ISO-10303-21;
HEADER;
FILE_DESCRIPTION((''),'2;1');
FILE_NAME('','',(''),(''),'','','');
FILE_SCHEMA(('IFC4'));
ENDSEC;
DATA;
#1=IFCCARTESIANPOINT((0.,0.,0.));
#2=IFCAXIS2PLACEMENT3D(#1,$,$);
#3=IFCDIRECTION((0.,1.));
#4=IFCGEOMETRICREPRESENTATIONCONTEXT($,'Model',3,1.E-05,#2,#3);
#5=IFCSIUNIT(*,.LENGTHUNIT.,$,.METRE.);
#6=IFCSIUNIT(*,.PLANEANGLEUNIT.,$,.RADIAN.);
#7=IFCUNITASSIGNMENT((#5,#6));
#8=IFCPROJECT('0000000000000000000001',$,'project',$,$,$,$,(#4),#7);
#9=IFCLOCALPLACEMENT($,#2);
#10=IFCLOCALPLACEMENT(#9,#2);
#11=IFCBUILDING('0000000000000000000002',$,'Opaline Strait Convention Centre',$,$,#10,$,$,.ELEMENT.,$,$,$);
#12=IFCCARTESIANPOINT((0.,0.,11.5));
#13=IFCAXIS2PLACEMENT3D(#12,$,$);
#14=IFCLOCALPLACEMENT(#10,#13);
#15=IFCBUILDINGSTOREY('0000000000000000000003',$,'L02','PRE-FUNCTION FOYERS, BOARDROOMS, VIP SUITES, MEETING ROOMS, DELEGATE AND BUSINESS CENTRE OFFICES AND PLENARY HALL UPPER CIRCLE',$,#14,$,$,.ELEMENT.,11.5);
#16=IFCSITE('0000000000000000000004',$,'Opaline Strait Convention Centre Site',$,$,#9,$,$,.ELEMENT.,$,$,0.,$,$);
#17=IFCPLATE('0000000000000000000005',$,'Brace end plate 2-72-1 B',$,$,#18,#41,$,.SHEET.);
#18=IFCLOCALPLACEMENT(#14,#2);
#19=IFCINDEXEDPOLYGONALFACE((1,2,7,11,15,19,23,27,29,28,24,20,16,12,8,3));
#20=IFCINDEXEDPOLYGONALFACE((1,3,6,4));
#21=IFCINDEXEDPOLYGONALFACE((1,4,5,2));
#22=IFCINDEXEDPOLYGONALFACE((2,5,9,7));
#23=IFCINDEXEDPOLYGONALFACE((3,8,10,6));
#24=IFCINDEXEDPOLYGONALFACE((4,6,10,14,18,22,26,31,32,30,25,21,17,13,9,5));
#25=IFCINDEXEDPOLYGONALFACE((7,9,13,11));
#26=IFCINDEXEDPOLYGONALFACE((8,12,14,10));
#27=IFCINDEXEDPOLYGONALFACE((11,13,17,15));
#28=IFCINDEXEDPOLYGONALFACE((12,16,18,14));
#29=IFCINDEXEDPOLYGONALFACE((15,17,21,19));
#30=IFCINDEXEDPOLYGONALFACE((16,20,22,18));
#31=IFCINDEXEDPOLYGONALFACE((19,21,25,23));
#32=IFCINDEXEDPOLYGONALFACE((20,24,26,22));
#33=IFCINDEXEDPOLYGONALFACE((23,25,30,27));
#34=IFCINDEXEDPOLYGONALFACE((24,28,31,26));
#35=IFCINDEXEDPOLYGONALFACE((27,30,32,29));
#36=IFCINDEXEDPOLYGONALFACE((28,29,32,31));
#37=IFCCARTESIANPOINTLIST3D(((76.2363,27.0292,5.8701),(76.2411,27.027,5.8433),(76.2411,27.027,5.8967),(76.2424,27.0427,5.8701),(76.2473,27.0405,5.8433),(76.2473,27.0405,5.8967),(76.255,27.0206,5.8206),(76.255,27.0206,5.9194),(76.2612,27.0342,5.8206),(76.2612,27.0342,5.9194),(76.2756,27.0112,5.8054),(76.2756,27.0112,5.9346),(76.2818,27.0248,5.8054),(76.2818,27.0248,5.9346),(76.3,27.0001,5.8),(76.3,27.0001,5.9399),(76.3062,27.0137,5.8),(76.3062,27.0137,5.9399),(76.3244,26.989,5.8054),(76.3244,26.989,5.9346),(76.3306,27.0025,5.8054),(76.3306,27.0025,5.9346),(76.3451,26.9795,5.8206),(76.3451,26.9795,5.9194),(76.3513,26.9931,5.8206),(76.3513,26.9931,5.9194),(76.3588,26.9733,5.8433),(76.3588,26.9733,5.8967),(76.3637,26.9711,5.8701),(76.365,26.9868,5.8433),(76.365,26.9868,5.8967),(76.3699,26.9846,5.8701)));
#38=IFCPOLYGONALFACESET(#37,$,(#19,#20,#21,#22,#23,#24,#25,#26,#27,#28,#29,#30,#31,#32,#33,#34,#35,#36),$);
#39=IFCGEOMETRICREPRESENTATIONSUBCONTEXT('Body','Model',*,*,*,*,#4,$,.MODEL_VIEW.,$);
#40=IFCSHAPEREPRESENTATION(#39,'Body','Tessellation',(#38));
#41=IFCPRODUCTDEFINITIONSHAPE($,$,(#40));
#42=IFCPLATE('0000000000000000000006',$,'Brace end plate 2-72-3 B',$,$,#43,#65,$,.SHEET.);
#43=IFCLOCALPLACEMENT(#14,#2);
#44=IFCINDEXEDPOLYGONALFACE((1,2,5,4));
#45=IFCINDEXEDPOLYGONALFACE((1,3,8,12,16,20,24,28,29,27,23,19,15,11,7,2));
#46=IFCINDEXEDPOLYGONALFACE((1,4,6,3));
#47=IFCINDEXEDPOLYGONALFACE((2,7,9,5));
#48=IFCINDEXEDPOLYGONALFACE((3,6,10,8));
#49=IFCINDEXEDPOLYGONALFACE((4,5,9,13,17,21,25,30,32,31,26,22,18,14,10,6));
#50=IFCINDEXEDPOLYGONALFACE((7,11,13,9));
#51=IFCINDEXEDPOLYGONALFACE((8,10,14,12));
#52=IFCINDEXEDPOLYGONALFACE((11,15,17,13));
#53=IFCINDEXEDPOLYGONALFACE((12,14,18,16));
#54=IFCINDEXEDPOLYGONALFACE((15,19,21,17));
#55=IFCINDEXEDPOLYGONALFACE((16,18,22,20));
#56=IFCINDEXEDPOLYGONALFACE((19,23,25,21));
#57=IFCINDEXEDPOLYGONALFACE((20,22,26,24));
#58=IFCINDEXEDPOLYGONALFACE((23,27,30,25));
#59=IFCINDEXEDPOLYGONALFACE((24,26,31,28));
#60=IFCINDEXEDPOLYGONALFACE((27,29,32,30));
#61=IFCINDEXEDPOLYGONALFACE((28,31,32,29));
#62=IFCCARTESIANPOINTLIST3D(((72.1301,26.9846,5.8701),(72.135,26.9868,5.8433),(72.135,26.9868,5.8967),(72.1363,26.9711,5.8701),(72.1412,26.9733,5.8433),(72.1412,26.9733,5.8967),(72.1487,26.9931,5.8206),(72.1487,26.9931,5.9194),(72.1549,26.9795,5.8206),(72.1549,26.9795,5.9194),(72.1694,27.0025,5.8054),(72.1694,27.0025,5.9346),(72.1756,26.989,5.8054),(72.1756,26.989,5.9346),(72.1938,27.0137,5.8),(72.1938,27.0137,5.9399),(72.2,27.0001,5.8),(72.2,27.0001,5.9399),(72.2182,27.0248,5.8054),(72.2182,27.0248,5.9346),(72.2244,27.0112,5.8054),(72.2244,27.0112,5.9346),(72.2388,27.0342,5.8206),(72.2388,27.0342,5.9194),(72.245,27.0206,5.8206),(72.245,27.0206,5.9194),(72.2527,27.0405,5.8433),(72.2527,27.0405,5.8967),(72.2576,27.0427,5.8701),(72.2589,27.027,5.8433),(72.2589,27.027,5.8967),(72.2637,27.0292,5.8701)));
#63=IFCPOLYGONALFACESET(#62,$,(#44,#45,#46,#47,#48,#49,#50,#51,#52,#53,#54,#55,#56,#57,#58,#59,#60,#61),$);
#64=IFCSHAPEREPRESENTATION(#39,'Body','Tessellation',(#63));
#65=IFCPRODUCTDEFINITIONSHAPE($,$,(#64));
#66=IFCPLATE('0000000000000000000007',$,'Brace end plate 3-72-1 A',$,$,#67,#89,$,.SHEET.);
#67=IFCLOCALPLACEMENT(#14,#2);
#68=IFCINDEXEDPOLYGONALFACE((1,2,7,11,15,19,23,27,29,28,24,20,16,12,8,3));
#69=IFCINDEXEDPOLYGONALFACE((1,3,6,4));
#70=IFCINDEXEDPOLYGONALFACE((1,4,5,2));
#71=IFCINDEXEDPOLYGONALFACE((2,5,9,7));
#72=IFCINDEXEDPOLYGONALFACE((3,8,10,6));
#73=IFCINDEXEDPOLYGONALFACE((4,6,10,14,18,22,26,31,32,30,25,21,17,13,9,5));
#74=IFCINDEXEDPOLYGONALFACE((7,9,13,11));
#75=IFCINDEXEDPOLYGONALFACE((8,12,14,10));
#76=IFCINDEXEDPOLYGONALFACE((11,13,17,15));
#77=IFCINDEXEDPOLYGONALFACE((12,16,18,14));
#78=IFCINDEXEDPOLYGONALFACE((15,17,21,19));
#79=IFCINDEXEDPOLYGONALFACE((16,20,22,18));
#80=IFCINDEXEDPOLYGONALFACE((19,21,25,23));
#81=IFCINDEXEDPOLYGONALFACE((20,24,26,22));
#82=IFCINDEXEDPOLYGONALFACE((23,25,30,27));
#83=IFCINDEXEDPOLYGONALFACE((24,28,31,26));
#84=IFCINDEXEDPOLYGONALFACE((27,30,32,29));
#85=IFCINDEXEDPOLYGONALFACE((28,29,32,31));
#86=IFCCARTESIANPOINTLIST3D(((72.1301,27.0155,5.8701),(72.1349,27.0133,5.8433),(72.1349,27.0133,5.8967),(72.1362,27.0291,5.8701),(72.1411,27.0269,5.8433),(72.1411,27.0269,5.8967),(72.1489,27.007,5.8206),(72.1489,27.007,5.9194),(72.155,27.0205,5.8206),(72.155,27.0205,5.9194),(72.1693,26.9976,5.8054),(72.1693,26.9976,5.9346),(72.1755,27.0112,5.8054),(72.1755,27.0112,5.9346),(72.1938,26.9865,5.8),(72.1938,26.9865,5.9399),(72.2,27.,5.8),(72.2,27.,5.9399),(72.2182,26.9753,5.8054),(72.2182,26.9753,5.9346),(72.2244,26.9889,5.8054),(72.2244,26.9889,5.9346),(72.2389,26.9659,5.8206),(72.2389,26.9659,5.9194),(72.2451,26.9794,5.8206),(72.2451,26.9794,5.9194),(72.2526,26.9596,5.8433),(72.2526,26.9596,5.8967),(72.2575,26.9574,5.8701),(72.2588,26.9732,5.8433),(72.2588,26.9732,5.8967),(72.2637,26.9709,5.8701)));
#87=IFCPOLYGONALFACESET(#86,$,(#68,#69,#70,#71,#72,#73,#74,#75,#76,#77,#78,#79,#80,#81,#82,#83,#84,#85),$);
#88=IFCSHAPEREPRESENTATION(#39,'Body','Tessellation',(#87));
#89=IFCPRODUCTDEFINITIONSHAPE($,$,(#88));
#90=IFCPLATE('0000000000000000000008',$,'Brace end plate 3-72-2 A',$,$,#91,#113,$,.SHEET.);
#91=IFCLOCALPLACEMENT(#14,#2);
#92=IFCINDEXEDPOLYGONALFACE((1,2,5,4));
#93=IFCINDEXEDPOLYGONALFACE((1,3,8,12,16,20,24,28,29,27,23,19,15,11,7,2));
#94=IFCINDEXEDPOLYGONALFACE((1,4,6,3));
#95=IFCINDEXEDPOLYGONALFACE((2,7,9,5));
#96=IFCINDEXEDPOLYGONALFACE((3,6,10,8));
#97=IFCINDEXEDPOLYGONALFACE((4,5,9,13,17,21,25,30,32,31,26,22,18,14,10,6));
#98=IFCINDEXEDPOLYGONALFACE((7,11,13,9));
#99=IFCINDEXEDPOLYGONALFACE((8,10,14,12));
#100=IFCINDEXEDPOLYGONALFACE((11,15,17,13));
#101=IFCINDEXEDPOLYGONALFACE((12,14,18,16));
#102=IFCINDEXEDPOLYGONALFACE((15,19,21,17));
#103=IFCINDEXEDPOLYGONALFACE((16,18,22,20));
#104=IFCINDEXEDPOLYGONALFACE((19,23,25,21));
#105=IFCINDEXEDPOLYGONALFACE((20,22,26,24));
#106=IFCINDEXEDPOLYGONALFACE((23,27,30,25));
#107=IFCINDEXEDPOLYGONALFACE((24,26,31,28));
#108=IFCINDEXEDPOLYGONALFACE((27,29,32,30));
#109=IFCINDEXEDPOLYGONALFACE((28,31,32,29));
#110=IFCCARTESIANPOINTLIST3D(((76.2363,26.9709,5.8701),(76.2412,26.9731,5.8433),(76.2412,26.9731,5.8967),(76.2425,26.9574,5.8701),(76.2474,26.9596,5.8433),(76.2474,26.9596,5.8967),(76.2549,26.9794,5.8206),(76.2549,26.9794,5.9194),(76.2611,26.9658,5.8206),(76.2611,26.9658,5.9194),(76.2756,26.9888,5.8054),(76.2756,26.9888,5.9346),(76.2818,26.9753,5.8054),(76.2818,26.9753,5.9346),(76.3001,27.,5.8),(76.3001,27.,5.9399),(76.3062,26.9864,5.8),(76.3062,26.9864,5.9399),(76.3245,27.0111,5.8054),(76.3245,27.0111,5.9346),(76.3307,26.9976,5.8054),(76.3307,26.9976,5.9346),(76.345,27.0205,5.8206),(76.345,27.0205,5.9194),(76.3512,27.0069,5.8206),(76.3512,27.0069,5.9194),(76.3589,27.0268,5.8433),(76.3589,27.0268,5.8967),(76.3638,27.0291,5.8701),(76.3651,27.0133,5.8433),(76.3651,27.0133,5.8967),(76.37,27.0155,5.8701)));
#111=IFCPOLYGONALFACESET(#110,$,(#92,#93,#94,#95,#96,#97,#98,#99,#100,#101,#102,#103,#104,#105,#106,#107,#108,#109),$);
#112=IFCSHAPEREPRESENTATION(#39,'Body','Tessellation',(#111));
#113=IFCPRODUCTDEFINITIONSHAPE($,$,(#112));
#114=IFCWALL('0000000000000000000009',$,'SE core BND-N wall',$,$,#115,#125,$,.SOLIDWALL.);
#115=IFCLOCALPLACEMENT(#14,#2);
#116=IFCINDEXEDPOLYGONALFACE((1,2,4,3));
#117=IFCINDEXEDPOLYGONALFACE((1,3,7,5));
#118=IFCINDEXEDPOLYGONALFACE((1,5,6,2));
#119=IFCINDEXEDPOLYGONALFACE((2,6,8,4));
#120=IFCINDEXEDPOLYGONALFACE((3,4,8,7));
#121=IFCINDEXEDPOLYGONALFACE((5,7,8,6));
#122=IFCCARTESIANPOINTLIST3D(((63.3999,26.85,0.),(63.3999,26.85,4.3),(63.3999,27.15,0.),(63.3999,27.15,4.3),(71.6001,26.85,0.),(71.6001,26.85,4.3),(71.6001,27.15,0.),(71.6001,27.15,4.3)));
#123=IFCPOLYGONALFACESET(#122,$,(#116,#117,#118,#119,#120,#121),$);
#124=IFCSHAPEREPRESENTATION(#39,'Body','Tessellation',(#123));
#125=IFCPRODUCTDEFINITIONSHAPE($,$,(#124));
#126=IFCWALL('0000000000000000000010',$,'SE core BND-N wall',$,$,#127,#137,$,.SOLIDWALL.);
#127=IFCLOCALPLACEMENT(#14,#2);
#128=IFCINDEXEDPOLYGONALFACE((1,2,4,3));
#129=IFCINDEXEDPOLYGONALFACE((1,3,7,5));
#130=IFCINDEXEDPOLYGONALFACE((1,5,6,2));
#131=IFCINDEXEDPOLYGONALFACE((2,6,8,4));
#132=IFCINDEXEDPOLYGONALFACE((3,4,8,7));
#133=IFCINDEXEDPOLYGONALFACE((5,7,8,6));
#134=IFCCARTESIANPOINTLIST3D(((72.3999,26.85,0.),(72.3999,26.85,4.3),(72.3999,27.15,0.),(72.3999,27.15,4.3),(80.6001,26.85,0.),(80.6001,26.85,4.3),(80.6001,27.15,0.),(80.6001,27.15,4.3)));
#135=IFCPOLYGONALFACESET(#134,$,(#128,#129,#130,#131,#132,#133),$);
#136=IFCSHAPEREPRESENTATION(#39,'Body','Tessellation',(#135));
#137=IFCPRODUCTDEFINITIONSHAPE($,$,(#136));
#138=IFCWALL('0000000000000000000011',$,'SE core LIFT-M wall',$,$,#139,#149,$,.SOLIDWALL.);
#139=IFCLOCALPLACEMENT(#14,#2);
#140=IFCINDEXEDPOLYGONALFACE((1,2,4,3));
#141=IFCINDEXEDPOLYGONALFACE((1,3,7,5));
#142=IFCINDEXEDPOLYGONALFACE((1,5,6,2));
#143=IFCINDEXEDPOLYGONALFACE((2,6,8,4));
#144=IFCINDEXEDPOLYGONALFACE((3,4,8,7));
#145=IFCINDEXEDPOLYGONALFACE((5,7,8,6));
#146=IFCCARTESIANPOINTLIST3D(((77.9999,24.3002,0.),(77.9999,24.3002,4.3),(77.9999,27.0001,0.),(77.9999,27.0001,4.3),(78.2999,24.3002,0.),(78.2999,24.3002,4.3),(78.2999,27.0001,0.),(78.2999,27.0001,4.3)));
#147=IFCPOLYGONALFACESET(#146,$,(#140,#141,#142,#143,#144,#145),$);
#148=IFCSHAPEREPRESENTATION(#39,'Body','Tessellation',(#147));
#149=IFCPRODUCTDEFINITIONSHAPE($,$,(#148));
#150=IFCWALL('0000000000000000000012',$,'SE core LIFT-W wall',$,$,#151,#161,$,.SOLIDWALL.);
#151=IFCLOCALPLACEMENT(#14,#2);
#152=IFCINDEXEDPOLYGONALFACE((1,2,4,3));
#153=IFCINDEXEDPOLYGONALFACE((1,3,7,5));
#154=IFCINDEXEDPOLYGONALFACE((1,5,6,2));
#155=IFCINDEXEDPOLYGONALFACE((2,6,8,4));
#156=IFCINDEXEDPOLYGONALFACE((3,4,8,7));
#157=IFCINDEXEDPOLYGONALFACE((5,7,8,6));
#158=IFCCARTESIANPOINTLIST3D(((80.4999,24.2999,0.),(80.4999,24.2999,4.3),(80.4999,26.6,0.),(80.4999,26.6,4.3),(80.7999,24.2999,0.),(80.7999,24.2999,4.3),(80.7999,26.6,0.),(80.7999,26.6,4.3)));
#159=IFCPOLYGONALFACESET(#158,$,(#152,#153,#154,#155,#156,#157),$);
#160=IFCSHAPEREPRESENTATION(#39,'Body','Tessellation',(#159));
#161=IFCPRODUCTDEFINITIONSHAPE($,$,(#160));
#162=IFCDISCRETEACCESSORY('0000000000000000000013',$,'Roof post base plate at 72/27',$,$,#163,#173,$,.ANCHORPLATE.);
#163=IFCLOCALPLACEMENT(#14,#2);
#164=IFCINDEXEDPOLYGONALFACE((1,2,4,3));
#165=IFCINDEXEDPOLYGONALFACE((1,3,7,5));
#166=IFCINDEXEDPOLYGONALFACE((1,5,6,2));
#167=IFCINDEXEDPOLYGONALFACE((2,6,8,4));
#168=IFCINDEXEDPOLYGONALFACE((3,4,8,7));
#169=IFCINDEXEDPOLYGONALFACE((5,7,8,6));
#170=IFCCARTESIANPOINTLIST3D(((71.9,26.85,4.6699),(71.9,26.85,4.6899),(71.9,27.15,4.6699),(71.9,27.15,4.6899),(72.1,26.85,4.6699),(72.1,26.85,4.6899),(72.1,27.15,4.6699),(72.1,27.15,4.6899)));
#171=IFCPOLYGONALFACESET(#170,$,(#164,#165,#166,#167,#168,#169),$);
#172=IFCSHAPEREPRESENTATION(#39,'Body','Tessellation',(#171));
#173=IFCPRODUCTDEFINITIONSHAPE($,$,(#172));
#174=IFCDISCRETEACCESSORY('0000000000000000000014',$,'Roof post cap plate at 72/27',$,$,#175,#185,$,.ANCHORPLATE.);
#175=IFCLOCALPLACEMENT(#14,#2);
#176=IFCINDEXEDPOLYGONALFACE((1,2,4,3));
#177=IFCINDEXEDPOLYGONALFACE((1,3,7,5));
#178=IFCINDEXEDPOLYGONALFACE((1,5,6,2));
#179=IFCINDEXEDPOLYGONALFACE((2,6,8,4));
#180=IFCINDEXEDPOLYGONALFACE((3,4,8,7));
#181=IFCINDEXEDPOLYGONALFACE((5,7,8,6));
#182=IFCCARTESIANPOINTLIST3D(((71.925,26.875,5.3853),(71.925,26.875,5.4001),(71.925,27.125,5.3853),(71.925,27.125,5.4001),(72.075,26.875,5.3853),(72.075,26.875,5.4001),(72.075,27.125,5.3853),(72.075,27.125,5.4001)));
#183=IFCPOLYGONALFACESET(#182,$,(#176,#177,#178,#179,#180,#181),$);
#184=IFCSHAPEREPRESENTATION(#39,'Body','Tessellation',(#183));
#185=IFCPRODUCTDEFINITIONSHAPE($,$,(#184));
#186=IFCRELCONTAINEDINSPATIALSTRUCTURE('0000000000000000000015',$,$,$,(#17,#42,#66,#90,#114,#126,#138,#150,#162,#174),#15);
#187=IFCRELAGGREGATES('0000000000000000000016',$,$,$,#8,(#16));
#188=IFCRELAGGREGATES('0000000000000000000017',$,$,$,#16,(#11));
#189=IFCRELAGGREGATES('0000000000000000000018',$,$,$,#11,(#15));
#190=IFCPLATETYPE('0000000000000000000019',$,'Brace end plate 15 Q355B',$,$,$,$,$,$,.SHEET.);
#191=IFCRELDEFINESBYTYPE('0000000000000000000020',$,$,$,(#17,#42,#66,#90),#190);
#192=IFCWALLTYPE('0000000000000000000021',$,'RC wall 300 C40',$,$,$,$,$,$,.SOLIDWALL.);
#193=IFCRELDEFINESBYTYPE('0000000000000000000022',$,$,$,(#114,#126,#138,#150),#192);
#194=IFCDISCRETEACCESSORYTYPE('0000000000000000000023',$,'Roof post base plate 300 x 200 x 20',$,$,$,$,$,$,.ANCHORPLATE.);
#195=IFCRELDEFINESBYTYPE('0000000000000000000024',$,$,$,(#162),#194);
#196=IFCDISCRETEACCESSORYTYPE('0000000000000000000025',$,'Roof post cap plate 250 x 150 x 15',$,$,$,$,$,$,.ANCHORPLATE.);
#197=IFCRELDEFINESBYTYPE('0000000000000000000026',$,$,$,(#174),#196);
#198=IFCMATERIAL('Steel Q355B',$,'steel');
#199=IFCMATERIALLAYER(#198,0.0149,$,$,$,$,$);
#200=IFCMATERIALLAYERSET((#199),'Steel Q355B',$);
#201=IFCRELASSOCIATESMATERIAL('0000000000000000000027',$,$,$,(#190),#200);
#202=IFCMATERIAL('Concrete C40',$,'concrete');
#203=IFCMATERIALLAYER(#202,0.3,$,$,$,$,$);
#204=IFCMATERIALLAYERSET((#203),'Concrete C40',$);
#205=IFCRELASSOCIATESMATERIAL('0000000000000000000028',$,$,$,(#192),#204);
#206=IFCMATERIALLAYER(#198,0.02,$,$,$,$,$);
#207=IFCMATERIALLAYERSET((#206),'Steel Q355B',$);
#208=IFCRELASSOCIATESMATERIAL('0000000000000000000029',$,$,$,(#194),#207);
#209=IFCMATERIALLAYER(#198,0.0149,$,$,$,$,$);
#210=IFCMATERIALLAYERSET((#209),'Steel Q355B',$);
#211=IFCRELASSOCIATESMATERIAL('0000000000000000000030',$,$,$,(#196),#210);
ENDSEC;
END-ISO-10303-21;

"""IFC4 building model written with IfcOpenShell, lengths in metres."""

from ifc_helpers import new_model, si_unit, direction, frame, frame_2d, origin, origin_2d, place, context, subcontext, project, spatial, polyline, rectangle, outline, extrude, material, layer, layer_set, type_object, element, save


model = new_model("IFC4")

# Units and contexts
model_context = context("Model", 3, precision=1e-05, world=origin(), true_north=direction((0.0, 1.0)))
body_context = subcontext(model_context, "Body", "Model", "MODEL_VIEW")
ifc_project = project(units=[si_unit("LENGTHUNIT", "METRE"), si_unit("PLANEANGLEUNIT", "RADIAN")], contexts=[model_context])

# Site, building, storey
site_placement = place(None, origin())
site = spatial("IfcSite", under=ifc_project, at=site_placement, Name="Opaline Strait Convention Centre Site", CompositionType="ELEMENT", RefElevation=0.0)
building_placement = place(site_placement, origin())
building = spatial("IfcBuilding", under=site, at=building_placement, Name="Opaline Strait Convention Centre", CompositionType="ELEMENT")
storey_placement = place(building_placement, frame((0.0, 0.0, 11.5)))
storey = spatial("IfcBuildingStorey", under=building, at=storey_placement, Name="L02", Description="PRE-FUNCTION FOYERS, BOARDROOMS, VIP SUITES, MEETING ROOMS, DELEGATE AND BUSINESS CENTRE OFFICES AND PLENARY HALL UPPER CIRCLE", CompositionType="ELEMENT", Elevation=11.5)

# Shared definitions
ifc_material_1 = material(Name="Concrete C40", Category="concrete")

# Shared definitions
ifc_material_2 = material(Name="Steel Q355B", Category="steel")

# Plates
ifc_layer_1 = layer(ifc_material_2, 0.0149)
ifc_layer_set_1 = layer_set([ifc_layer_1], Name="Steel Q355B")
plate_type = type_object("IfcPlateType", Name="Brace end plate 15 Q355B", PredefinedType="SHEET", material=ifc_layer_set_1)
plate_1_placement = place(storey_placement, frame((76.3699, 26.9846, 5.8701), z_axis=(0.414837, 0.909896, 0.0), x_axis=(-0.177911, 0.081112, -0.980698)))
element("IfcPlate", 1, at=plate_1_placement, inside=storey, type_object=plate_type, Name="Brace end plate 2-72-1 B", PredefinedType="SHEET", context=body_context, shape_type="SweptSolid", body=[
    extrude(outline(polyline([(0.0, 0.0), (0.0274, 0.0), (0.0526, 0.0103), (0.0719, 0.0297), (0.0824, 0.055), (0.0824, 0.0823), (0.072, 0.1074), (0.0527, 0.1269), (0.0274, 0.1374), (0.0002, 0.1373), (-0.025, 0.1268), (-0.0443, 0.1075), (-0.0548, 0.0823), (-0.0548, 0.0549), (-0.0444, 0.0297), (-0.0251, 0.0105), (0.0, 0.0)])), origin(), (0.0, 0.0, -1.0), 0.0149),
])
plate_2_placement = place(storey_placement, frame((72.2576, 27.0427, 5.8701), z_axis=(-0.414837, 0.909896, 0.0), x_axis=(-0.177911, -0.081112, -0.980698)))
element("IfcPlate", 2, at=plate_2_placement, inside=storey, type_object=plate_type, Name="Brace end plate 2-72-3 B", PredefinedType="SHEET", context=body_context, shape_type="SweptSolid", body=[
    extrude(outline(polyline([(0.0, 0.0), (0.0274, 0.0), (0.0526, 0.0106), (0.0719, 0.0298), (0.0824, 0.055), (0.0824, 0.0824), (0.072, 0.1076), (0.0527, 0.1269), (0.0274, 0.1374), (0.0002, 0.1373), (-0.025, 0.127), (-0.0443, 0.1076), (-0.0548, 0.0823), (-0.0548, 0.055), (-0.0443, 0.0299), (-0.0251, 0.0105), (0.0, 0.0)])), origin(), (0.0, 0.0, -1.0), 0.0149),
])
plate_3_placement = place(storey_placement, frame((72.2637, 26.9709, 5.8701), z_axis=(0.415113, 0.90977, 0.0), x_axis=(-0.177886, 0.081166, -0.980698)))
element("IfcPlate", 3, at=plate_3_placement, inside=storey, type_object=plate_type, Name="Brace end plate 3-72-1 A", PredefinedType="SHEET", context=body_context, shape_type="SweptSolid", body=[
    extrude(outline(polyline([(0.0, 0.0), (0.0274, 0.0), (0.0526, 0.0103), (0.0719, 0.0297), (0.0824, 0.055), (0.0824, 0.0824), (0.072, 0.1074), (0.0527, 0.1269), (0.0274, 0.1374), (0.0002, 0.1373), (-0.025, 0.1268), (-0.0443, 0.1076), (-0.0548, 0.0823), (-0.0548, 0.0549), (-0.0444, 0.0297), (-0.0251, 0.0105), (0.0, 0.0)])), origin(), (0.0, 0.0, -1.0), 0.0149),
])
plate_4_placement = place(storey_placement, frame((76.3638, 27.0291, 5.8701), z_axis=(-0.415113, 0.90977, 0.0), x_axis=(-0.177886, -0.081166, -0.980698)))
element("IfcPlate", 4, at=plate_4_placement, inside=storey, type_object=plate_type, Name="Brace end plate 3-72-2 A", PredefinedType="SHEET", context=body_context, shape_type="SweptSolid", body=[
    extrude(outline(polyline([(0.0, 0.0), (0.0274, 0.0), (0.0526, 0.0106), (0.0719, 0.0297), (0.0824, 0.055), (0.0824, 0.0824), (0.072, 0.1076), (0.0527, 0.1269), (0.0274, 0.1374), (0.0002, 0.1373), (-0.025, 0.127), (-0.0443, 0.1076), (-0.0548, 0.0823), (-0.0548, 0.0549), (-0.0443, 0.0299), (-0.0251, 0.0105), (0.0, 0.0)])), origin(), (0.0, 0.0, -1.0), 0.0149),
])

# Walls
ifc_layer_2 = layer(ifc_material_1, 0.3)
ifc_layer_set_2 = layer_set([ifc_layer_2], Name="Concrete C40")
wall_type = type_object("IfcWallType", Name="RC wall 300 C40", PredefinedType="SOLIDWALL", material=ifc_layer_set_2)
for number, where, z_axis, x_axis, name in (
    (5, (71.6001, 27.0, 0.0), (0.0, 0.0, 1.0), (-1.0, 0.0, 0.0), "SE core BND-N wall"),
    (6, (80.6001, 27.0, 0.0), (0.0, 0.0, 1.0), (-1.0, 0.0, 0.0), "SE core BND-N wall"),
):
    element("IfcWall", number, at=place(storey_placement, frame(where, z_axis=z_axis, x_axis=x_axis)), inside=storey, type_object=wall_type, Name=name, PredefinedType="SOLIDWALL", context=body_context, shape_type="SweptSolid", body=[
        extrude(rectangle(XDim=8.2002, YDim=0.3, at=frame_2d((4.1001, 0.0))), origin(), (0.0, 0.0, 1.0), 4.3),
    ])

# Walls
wall_1_placement = place(storey_placement, frame((78.1499, 24.3, 0.0), z_axis=(0.0, 0.0, 1.0), x_axis=(0.0, 1.0, 0.0)))
element("IfcWall", 7, at=wall_1_placement, inside=storey, type_object=wall_type, Name="SE core LIFT-M wall", PredefinedType="SOLIDWALL", context=body_context, shape_type="SweptSolid", body=[
    extrude(rectangle(XDim=2.7, YDim=0.3, at=frame_2d((1.3501, 0.0))), origin(), (0.0, 0.0, 1.0), 4.3),
])
wall_2_placement = place(storey_placement, frame((80.6499, 24.3, 0.0), z_axis=(0.0, 0.0, 1.0), x_axis=(0.0, 1.0, 0.0)))
element("IfcWall", 8, at=wall_2_placement, inside=storey, type_object=wall_type, Name="SE core LIFT-W wall", PredefinedType="SOLIDWALL", context=body_context, shape_type="SweptSolid", body=[
    extrude(rectangle(XDim=2.3, YDim=0.3, at=frame_2d((1.1499, 0.0))), origin(), (0.0, 0.0, 1.0), 4.3),
])

# Discrete accessories
ifc_layer_3 = layer(ifc_material_2, 0.02)
ifc_layer_set_3 = layer_set([ifc_layer_3], Name="Steel Q355B")
discrete_accessory_type_1 = type_object("IfcDiscreteAccessoryType", Name="Roof post base plate 300 x 200 x 20", PredefinedType="ANCHORPLATE", material=ifc_layer_set_3)
discrete_accessory_1_placement = place(storey_placement, frame((72.0, 27.0, 4.6699), z_axis=(0.0, 0.0, 1.0), x_axis=(1.0, 0.0, 0.0)))
element("IfcDiscreteAccessory", 9, at=discrete_accessory_1_placement, inside=storey, type_object=discrete_accessory_type_1, Name="Roof post base plate at 72/27", PredefinedType="ANCHORPLATE", context=body_context, shape_type="SweptSolid", body=[
    extrude(rectangle(XDim=0.2, YDim=0.3, at=origin_2d()), origin(), (0.0, 0.0, 1.0), 0.02),
])
ifc_layer_4 = layer(ifc_material_2, 0.0149)
ifc_layer_set_4 = layer_set([ifc_layer_4], Name="Steel Q355B")
discrete_accessory_type_2 = type_object("IfcDiscreteAccessoryType", Name="Roof post cap plate 250 x 150 x 15", PredefinedType="ANCHORPLATE", material=ifc_layer_set_4)
discrete_accessory_2_placement = place(storey_placement, frame((72.0, 27.0, 5.3853), z_axis=(0.0, 0.0, 1.0), x_axis=(1.0, 0.0, 0.0)))
element("IfcDiscreteAccessory", 10, at=discrete_accessory_2_placement, inside=storey, type_object=discrete_accessory_type_2, Name="Roof post cap plate at 72/27", PredefinedType="ANCHORPLATE", context=body_context, shape_type="SweptSolid", body=[
    extrude(rectangle(XDim=0.1499, YDim=0.25, at=origin_2d()), origin(), (0.0, 0.0, 1.0), 0.0149),
])

save(model, "model.ifc")
